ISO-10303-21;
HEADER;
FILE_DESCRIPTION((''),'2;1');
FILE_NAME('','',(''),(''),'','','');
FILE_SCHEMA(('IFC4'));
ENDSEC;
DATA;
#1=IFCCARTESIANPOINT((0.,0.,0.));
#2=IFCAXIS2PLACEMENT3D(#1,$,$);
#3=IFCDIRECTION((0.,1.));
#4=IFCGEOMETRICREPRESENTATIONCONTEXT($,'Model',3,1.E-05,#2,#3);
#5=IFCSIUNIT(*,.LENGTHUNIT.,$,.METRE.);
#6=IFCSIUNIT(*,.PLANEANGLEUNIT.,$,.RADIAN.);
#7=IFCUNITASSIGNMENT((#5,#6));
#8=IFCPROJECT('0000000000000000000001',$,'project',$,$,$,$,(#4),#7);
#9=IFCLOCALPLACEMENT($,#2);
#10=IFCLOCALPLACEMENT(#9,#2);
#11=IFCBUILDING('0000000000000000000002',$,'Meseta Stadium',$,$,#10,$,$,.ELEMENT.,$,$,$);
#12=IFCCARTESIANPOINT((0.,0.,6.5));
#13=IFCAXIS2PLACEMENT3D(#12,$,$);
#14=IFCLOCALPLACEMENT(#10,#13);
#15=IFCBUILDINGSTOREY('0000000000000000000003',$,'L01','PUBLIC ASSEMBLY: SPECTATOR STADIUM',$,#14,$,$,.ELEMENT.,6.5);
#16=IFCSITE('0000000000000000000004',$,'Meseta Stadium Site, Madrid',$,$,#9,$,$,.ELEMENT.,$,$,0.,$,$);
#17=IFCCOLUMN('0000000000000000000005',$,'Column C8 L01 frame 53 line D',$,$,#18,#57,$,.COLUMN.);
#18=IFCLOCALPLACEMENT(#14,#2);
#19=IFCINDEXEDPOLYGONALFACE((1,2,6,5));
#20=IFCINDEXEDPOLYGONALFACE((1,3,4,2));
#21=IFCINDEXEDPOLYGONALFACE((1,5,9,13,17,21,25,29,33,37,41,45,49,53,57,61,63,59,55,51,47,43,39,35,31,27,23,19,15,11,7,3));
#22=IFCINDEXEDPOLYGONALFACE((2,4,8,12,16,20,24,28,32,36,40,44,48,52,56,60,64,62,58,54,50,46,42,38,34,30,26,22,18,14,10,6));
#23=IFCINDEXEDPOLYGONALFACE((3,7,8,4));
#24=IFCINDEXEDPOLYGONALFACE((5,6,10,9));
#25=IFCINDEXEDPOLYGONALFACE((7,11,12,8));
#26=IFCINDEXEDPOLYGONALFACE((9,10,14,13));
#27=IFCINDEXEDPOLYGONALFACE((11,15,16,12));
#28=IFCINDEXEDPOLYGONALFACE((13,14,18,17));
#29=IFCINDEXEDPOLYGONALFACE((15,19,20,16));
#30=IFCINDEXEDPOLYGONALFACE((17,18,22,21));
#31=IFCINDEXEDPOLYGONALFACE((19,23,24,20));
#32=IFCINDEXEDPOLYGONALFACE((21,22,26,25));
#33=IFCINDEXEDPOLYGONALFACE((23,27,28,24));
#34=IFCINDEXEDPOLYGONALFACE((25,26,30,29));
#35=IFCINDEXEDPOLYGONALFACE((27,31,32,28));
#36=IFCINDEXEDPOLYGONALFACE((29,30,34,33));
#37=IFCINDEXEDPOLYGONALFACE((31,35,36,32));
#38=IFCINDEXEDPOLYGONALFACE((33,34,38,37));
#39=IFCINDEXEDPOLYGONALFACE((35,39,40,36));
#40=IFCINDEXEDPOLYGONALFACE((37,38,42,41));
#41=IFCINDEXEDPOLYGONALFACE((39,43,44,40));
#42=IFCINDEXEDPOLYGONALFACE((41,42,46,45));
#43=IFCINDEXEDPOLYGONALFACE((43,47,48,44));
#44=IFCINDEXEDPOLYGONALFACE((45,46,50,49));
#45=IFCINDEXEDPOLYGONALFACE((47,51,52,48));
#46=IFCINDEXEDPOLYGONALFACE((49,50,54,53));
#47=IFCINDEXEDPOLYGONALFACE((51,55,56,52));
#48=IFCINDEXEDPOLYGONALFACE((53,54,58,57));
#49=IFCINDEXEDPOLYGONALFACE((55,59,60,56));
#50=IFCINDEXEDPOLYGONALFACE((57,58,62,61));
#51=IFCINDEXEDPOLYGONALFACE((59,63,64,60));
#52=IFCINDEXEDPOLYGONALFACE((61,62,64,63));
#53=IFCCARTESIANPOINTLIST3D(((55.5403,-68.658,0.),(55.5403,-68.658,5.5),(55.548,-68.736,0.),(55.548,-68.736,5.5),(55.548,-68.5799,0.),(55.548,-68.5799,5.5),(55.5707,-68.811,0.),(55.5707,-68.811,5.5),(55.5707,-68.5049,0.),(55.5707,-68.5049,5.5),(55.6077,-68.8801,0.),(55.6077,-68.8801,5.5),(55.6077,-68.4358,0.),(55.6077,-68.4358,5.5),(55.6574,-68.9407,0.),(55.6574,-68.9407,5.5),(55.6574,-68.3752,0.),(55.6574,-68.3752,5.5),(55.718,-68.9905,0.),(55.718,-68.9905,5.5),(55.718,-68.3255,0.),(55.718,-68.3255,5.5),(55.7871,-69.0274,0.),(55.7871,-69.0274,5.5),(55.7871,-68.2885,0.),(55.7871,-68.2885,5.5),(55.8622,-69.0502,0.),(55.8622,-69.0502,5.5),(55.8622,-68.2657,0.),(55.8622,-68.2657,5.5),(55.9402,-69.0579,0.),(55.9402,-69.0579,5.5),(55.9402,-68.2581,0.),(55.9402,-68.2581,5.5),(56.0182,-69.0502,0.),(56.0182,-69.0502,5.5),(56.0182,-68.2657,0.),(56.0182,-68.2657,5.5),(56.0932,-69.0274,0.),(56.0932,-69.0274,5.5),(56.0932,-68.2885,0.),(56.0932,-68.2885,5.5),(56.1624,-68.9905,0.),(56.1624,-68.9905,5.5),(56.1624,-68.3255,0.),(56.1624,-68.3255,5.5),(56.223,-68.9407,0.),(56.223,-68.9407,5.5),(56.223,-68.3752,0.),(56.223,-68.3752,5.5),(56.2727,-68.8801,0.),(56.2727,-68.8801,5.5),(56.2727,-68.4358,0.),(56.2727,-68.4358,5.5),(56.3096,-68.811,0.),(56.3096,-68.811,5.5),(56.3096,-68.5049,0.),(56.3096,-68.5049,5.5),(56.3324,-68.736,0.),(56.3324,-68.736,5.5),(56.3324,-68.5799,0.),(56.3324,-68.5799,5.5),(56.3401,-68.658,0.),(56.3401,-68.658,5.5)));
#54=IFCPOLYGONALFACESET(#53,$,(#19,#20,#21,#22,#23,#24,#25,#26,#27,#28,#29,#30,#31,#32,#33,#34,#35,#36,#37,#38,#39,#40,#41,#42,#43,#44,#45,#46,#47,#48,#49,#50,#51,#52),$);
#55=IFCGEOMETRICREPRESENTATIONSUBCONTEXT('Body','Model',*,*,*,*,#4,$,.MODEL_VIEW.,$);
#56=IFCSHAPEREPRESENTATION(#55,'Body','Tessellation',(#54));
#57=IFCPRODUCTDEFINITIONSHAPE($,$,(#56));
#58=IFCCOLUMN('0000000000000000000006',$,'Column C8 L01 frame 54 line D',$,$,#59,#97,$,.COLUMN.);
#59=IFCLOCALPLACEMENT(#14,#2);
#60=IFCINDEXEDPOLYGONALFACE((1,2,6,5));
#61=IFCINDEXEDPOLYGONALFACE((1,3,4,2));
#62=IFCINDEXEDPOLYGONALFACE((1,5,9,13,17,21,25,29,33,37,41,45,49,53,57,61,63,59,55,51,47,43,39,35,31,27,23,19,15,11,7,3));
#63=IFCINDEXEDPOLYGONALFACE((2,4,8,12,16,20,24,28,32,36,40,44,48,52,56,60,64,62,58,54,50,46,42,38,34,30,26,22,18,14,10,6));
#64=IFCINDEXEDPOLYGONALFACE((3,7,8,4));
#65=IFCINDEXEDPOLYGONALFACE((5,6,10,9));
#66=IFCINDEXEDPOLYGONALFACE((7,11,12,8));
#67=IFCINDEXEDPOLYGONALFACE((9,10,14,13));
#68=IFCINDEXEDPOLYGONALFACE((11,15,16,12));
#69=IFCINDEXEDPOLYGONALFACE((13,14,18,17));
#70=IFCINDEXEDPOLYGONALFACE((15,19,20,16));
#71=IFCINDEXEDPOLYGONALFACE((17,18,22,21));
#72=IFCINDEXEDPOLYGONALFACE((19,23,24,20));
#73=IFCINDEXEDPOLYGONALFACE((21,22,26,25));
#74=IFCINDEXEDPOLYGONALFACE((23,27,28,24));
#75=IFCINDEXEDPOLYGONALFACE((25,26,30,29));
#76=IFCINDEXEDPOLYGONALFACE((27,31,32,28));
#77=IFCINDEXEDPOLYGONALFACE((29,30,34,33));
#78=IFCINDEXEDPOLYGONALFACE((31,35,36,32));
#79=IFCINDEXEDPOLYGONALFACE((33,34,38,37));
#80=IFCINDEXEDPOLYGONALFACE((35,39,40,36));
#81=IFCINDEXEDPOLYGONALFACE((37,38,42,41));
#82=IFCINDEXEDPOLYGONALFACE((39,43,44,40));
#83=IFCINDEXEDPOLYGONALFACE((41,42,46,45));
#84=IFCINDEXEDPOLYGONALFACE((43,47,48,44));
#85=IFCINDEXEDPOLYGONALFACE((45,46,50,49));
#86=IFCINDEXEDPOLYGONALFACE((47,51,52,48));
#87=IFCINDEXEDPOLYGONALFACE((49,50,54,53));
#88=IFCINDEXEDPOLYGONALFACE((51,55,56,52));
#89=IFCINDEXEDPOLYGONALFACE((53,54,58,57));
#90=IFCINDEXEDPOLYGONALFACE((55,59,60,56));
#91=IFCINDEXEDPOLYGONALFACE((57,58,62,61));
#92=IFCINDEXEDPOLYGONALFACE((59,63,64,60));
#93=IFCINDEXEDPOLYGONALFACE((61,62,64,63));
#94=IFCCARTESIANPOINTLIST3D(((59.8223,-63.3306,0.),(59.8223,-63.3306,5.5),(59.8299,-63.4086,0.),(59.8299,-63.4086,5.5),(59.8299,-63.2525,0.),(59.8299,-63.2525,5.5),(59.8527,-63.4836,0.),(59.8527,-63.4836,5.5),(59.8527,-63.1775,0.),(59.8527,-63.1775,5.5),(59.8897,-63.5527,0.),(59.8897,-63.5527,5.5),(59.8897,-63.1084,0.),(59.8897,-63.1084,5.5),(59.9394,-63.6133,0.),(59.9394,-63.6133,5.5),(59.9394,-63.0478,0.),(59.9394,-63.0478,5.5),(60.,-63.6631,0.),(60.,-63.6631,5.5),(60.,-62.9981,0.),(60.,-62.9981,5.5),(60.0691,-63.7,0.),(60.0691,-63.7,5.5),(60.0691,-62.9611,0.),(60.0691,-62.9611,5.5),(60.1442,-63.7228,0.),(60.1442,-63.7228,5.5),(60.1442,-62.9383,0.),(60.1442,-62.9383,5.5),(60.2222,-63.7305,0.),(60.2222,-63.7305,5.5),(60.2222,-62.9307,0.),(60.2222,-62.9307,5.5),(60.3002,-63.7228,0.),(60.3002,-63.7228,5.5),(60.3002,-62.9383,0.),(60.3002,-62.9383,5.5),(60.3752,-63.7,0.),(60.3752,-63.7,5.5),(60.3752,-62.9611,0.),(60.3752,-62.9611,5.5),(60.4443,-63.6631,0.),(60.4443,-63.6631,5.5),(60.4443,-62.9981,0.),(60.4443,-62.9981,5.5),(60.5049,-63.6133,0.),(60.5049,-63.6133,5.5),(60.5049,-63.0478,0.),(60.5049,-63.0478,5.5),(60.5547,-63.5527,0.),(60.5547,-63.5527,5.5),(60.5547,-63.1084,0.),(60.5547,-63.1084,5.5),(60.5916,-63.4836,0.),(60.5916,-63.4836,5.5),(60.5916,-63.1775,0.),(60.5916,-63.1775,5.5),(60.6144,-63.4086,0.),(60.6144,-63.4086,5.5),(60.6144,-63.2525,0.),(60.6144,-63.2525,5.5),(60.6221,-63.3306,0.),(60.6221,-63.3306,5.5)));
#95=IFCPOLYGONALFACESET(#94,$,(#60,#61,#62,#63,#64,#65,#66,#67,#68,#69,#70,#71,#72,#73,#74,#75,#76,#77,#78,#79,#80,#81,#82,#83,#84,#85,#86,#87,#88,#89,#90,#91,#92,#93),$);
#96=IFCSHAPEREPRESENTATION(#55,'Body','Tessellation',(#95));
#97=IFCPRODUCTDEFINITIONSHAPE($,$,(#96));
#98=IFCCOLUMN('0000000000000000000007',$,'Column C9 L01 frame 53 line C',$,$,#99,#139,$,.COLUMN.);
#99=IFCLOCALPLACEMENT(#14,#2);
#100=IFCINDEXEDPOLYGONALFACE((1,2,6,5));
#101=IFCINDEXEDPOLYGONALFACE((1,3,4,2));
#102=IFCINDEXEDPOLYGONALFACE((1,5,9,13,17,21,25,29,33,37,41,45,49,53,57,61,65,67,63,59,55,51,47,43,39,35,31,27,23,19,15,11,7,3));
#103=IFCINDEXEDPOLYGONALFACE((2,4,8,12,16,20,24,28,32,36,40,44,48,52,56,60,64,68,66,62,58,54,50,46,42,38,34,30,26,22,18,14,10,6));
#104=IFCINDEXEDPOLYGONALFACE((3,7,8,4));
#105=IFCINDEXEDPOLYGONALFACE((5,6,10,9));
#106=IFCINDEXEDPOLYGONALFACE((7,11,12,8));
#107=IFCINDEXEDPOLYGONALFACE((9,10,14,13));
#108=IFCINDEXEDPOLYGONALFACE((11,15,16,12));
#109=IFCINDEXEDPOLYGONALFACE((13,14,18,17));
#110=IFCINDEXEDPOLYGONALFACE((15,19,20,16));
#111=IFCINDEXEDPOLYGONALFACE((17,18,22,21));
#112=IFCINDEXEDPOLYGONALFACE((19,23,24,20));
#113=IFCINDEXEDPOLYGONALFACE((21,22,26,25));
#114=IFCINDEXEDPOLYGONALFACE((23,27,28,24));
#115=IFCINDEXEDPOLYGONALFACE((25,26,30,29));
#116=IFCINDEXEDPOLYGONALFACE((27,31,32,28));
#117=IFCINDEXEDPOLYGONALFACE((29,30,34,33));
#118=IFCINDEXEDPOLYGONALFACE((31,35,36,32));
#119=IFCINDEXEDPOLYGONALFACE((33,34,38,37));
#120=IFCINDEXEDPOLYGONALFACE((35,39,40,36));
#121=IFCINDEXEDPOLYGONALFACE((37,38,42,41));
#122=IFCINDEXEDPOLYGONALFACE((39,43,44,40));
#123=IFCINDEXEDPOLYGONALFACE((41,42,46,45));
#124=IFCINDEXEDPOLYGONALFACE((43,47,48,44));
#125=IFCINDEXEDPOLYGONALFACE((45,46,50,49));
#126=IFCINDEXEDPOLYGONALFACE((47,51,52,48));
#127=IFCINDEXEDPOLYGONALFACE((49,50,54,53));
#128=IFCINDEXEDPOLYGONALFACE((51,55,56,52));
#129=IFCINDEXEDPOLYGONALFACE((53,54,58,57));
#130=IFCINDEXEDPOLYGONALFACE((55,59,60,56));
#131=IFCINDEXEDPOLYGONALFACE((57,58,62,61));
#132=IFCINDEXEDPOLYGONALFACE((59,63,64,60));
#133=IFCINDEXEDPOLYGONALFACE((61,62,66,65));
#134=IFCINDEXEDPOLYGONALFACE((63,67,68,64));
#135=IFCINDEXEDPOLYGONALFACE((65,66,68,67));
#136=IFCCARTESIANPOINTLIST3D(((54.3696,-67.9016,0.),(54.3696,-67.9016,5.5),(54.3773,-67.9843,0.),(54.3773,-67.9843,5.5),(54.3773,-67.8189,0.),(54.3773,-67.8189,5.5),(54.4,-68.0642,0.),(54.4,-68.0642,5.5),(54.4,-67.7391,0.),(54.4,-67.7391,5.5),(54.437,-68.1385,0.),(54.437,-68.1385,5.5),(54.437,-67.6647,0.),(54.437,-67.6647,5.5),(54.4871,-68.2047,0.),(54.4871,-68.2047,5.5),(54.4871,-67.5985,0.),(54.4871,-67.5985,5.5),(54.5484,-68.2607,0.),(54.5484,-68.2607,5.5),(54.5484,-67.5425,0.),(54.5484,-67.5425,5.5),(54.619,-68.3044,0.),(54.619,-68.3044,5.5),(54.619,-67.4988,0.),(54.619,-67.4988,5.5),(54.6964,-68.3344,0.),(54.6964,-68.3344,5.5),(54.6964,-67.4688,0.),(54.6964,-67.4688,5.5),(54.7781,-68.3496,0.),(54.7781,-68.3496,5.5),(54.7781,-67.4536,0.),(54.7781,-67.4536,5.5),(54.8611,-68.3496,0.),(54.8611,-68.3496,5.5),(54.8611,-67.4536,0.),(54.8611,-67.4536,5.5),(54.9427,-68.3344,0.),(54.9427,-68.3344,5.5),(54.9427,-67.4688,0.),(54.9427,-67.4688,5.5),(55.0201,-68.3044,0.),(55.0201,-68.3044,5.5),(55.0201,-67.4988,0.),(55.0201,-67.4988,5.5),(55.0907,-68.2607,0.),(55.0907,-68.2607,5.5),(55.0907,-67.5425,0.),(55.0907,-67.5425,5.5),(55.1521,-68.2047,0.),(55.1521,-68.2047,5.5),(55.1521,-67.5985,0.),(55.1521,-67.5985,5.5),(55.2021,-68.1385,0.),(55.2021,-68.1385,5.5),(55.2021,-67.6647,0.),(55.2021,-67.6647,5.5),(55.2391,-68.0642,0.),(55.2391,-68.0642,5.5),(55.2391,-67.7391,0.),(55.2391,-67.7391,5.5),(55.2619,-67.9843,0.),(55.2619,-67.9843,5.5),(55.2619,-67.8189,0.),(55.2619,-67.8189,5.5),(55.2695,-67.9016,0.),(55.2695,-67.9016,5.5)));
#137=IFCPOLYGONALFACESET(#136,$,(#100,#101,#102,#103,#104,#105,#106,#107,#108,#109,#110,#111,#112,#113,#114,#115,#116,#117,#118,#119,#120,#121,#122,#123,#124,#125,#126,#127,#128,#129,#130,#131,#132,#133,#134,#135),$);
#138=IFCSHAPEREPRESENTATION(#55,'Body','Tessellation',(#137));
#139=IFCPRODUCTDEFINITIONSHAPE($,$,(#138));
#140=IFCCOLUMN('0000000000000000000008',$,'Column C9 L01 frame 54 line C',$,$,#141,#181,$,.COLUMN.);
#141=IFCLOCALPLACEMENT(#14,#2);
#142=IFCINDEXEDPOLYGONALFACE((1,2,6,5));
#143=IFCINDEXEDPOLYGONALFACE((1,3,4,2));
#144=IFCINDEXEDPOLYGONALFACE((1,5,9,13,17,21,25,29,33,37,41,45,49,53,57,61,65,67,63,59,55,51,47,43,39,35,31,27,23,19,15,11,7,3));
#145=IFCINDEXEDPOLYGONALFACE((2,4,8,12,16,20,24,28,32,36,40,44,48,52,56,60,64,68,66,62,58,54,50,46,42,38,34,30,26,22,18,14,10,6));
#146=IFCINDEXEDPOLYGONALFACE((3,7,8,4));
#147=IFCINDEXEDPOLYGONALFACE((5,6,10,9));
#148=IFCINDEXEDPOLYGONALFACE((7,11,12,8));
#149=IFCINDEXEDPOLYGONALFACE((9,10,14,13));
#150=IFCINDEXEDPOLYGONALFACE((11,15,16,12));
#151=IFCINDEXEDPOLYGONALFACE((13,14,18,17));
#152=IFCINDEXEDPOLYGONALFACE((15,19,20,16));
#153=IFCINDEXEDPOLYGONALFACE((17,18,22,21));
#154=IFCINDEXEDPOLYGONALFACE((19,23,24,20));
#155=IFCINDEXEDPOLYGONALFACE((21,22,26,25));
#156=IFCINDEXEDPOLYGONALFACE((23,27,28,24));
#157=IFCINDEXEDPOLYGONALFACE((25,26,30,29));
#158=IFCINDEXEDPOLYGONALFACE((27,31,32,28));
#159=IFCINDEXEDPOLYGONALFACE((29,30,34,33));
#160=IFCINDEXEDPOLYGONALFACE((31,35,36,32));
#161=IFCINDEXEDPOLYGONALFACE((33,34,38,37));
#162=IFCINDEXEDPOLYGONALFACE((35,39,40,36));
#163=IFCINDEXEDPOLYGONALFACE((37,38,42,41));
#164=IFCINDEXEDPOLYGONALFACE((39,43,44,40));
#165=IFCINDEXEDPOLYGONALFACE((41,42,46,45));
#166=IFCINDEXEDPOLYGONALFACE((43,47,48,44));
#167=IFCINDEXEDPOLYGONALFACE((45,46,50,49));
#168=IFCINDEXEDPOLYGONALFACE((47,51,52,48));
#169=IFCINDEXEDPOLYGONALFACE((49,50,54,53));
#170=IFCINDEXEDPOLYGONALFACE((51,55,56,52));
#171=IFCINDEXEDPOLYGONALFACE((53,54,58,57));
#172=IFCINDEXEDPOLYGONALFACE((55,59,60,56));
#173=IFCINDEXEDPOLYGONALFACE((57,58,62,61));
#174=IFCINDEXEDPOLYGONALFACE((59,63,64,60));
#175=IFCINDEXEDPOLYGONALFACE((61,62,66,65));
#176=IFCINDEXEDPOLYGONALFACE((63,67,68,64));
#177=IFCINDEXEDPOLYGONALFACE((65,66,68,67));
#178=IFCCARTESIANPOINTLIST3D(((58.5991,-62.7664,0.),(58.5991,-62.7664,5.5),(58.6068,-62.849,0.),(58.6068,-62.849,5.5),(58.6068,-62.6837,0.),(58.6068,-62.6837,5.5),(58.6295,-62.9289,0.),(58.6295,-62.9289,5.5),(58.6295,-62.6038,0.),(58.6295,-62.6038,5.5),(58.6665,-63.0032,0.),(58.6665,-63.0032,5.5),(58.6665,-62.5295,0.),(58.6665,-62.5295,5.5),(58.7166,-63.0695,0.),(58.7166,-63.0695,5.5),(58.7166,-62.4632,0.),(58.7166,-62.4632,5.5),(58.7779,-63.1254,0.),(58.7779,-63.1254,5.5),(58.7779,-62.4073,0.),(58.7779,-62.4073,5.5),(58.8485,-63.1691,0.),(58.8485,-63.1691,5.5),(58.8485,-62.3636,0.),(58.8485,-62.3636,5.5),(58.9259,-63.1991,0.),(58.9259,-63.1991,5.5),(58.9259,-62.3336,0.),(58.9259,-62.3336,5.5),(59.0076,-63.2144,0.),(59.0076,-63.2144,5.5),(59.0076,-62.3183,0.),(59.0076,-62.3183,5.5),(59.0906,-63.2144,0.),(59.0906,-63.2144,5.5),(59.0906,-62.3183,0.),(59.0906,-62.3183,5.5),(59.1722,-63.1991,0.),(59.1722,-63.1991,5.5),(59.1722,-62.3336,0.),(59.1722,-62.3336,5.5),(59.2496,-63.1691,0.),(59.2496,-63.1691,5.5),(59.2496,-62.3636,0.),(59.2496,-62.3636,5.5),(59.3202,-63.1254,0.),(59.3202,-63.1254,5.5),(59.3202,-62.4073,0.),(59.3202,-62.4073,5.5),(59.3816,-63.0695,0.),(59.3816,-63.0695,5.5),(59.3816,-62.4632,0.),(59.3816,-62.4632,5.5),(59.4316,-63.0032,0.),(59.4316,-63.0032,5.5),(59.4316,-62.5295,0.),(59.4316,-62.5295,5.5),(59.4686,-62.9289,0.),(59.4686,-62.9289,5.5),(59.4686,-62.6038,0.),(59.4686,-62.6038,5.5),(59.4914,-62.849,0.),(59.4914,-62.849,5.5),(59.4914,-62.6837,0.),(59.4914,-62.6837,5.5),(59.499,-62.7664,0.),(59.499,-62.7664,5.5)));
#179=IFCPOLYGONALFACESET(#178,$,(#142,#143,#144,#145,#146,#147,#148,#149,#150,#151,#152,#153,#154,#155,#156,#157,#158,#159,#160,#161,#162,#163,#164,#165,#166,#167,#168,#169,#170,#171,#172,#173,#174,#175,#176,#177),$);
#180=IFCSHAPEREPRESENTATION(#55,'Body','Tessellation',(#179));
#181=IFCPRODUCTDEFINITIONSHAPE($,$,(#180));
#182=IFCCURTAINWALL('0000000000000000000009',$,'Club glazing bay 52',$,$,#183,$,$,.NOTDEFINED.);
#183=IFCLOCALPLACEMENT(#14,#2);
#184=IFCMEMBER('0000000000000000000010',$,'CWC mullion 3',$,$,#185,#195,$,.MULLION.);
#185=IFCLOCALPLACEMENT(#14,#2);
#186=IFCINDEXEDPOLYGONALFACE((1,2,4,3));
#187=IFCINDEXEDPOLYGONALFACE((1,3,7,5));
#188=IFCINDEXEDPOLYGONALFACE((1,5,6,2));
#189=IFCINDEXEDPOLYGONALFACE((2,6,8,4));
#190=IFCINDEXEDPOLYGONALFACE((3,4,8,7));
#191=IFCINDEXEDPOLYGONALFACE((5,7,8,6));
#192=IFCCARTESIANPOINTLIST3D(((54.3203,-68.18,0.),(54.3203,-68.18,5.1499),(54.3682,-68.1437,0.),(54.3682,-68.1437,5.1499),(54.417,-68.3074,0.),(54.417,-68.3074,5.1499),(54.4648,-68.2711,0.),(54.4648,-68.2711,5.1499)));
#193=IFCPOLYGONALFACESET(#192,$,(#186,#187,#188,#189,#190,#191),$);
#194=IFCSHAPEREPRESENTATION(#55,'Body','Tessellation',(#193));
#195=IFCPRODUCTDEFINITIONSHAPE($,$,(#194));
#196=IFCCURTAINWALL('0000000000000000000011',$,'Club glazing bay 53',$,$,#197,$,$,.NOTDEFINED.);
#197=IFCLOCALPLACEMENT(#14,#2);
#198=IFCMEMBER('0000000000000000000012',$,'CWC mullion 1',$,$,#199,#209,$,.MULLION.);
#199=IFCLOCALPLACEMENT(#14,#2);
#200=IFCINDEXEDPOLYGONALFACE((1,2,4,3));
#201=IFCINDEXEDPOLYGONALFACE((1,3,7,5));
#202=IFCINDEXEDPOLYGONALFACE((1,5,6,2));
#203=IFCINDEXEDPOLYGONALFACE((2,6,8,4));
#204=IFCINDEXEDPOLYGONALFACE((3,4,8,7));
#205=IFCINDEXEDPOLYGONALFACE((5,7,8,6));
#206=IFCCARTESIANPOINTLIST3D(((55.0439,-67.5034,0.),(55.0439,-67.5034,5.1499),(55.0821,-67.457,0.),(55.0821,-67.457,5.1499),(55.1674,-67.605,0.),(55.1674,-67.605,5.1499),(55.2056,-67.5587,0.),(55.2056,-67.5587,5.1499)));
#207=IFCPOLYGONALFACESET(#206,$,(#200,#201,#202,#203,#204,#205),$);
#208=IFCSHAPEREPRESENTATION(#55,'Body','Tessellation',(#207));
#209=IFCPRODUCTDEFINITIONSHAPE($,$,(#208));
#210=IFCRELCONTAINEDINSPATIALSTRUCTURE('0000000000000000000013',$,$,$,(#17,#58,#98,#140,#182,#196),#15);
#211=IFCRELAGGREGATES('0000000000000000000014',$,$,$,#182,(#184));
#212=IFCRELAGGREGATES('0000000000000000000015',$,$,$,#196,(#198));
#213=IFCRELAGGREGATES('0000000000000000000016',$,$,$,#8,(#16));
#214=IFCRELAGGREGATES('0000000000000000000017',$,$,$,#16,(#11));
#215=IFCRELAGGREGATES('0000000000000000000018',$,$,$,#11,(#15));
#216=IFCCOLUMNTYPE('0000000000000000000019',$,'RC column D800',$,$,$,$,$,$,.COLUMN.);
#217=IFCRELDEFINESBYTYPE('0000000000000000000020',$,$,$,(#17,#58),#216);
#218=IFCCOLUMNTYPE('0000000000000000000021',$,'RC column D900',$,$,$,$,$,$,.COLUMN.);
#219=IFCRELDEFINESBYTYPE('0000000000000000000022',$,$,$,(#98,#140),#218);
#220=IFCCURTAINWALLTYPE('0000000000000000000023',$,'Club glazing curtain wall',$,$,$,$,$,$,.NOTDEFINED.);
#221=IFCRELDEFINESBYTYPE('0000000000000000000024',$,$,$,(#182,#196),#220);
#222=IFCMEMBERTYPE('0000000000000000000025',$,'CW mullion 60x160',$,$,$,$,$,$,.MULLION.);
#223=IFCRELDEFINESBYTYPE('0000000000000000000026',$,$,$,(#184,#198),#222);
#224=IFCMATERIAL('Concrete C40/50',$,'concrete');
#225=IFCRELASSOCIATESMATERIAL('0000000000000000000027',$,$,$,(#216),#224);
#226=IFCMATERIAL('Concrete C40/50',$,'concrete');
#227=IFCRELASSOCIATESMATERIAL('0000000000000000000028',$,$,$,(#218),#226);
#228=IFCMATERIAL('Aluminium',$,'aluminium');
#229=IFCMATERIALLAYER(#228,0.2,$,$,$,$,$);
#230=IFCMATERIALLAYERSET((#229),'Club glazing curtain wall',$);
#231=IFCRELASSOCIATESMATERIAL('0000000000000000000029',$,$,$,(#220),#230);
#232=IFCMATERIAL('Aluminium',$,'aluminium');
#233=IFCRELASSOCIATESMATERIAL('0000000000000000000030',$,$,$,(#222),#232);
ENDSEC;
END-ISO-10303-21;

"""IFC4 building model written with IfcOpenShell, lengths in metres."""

from ifc_helpers import new_model, si_unit, direction, frame, origin, origin_2d, place, context, subcontext, project, spatial, rectangle, circle, extrude, material, layer, layer_set, material_profile, profile_set, type_object, element, aggregate, save


model = new_model("IFC4")

# Units and contexts
model_context = context("Model", 3, precision=1e-05, world=origin(), true_north=direction((0.0, 1.0)))
body_context = subcontext(model_context, "Body", "Model", "MODEL_VIEW")
ifc_project = project(units=[si_unit("LENGTHUNIT", "METRE"), si_unit("PLANEANGLEUNIT", "RADIAN")], contexts=[model_context])

# Site, building, storey
site_placement = place(None, origin())
site = spatial("IfcSite", under=ifc_project, at=site_placement, Name="Meseta Stadium Site, Madrid", CompositionType="ELEMENT", RefElevation=0.0)
building_placement = place(site_placement, origin())
building = spatial("IfcBuilding", under=site, at=building_placement, Name="Meseta Stadium", CompositionType="ELEMENT")
storey_placement = place(building_placement, frame((0.0, 0.0, 6.5)))
storey = spatial("IfcBuildingStorey", under=building, at=storey_placement, Name="L01", Description="PUBLIC ASSEMBLY: SPECTATOR STADIUM", CompositionType="ELEMENT", Elevation=6.5)

# Columns
ifc_material_1 = material(Name="Concrete C40/50", Category="concrete")
ifc_material_profile_1 = material_profile(ifc_material_1, circle(Radius=0.3999, at=origin_2d()), Name="RC D800")
ifc_profile_set_1 = profile_set([ifc_material_profile_1], Name="Concrete C40/50")
column_type_1 = type_object("IfcColumnType", Name="RC column D800", PredefinedType="COLUMN", material=ifc_profile_set_1)
for number, where, z_axis, x_axis, name in (
    (1, (55.9402, -68.658, 0.0), (0.0, 0.0, 1.0), (1.0, 0.0, 0.0), "Column C8 L01 frame 53 line D"),
    (2, (60.2222, -63.3306, 0.0), (0.0, 0.0, 1.0), (1.0, 0.0, 0.0), "Column C8 L01 frame 54 line D"),
):
    element("IfcColumn", number, at=place(storey_placement, frame(where, z_axis=z_axis, x_axis=x_axis)), inside=storey, type_object=column_type_1, Name=name, PredefinedType="COLUMN", context=body_context, shape_type="SweptSolid", body=[
        extrude(circle(Radius=0.3999, at=origin_2d()), origin(), (0.0, 0.0, 1.0), 5.5),
    ])
ifc_material_2 = material(Name="Concrete C40/50", Category="concrete")
ifc_material_profile_2 = material_profile(ifc_material_2, circle(Radius=0.45, at=origin_2d()), Name="RC D900")
ifc_profile_set_2 = profile_set([ifc_material_profile_2], Name="Concrete C40/50")
column_type_2 = type_object("IfcColumnType", Name="RC column D900", PredefinedType="COLUMN", material=ifc_profile_set_2)
for number, where, z_axis, x_axis, name in (
    (3, (54.8196, -67.9016, 0.0), (0.0, 0.0, 1.0), (1.0, 0.0, 0.0), "Column C9 L01 frame 53 line C"),
    (4, (59.0491, -62.7664, 0.0), (0.0, 0.0, 1.0), (1.0, 0.0, 0.0), "Column C9 L01 frame 54 line C"),
):
    element("IfcColumn", number, at=place(storey_placement, frame(where, z_axis=z_axis, x_axis=x_axis)), inside=storey, type_object=column_type_2, Name=name, PredefinedType="COLUMN", context=body_context, shape_type="SweptSolid", body=[
        extrude(circle(Radius=0.45, at=origin_2d()), origin(), (0.0, 0.0, 1.0), 5.5),
    ])

# Curtain wall, member
ifc_material_3 = material(Name="Aluminium", Category="aluminium")
ifc_layer_1 = layer(ifc_material_3, 0.2)
ifc_layer_set_1 = layer_set([ifc_layer_1], Name="Club glazing curtain wall")
curtain_wall_type = type_object("IfcCurtainWallType", Name="Club glazing curtain wall", PredefinedType="NOTDEFINED", material=ifc_layer_set_1)
curtain_wall_1_placement = place(storey_placement, origin())
curtain_wall_1 = element("IfcCurtainWall", 5, at=curtain_wall_1_placement, inside=storey, type_object=curtain_wall_type, Name="Club glazing bay 52", PredefinedType="NOTDEFINED")
ifc_material_4 = material(Name="Aluminium", Category="aluminium")
ifc_material_profile_3 = material_profile(ifc_material_4, rectangle(XDim=0.1599, YDim=0.0601, at=origin_2d()), Name="CW 160x60")
ifc_profile_set_3 = profile_set([ifc_material_profile_3], Name="Aluminium")
member_type_1 = type_object("IfcMemberType", Name="CW mullion 60x160", PredefinedType="MULLION", material=ifc_profile_set_3)
member_1_placement = place(storey_placement, frame((54.3926, -68.2256, 0.0), z_axis=(0.0, 0.0, 1.0), x_axis=(-0.60452, 0.79659, 0.0)))
member_1 = element("IfcMember", 6, at=member_1_placement, type_object=member_type_1, Name="CWC mullion 3", PredefinedType="MULLION", context=body_context, shape_type="SweptSolid", body=[
    extrude(rectangle(XDim=0.1599, YDim=0.0601, at=origin_2d()), origin(), (0.0, 0.0, 1.0), 5.1499),
])
aggregate(curtain_wall_1, [member_1])

# Curtain wall, member
curtain_wall_2_placement = place(storey_placement, origin())
curtain_wall_2 = element("IfcCurtainWall", 7, at=curtain_wall_2_placement, inside=storey, type_object=curtain_wall_type, Name="Club glazing bay 53", PredefinedType="NOTDEFINED")
member_2_placement = place(storey_placement, frame((55.1248, -67.531, 0.0), z_axis=(0.0, 0.0, 1.0), x_axis=(-0.771902, 0.635741, 0.0)))
member_2 = element("IfcMember", 8, at=member_2_placement, type_object=member_type_1, Name="CWC mullion 1", PredefinedType="MULLION", context=body_context, shape_type="SweptSolid", body=[
    extrude(rectangle(XDim=0.1599, YDim=0.0601, at=origin_2d()), origin(), (0.0, 0.0, 1.0), 5.1499),
])

aggregate(curtain_wall_2, [member_2])

save(model, "model.ifc")
